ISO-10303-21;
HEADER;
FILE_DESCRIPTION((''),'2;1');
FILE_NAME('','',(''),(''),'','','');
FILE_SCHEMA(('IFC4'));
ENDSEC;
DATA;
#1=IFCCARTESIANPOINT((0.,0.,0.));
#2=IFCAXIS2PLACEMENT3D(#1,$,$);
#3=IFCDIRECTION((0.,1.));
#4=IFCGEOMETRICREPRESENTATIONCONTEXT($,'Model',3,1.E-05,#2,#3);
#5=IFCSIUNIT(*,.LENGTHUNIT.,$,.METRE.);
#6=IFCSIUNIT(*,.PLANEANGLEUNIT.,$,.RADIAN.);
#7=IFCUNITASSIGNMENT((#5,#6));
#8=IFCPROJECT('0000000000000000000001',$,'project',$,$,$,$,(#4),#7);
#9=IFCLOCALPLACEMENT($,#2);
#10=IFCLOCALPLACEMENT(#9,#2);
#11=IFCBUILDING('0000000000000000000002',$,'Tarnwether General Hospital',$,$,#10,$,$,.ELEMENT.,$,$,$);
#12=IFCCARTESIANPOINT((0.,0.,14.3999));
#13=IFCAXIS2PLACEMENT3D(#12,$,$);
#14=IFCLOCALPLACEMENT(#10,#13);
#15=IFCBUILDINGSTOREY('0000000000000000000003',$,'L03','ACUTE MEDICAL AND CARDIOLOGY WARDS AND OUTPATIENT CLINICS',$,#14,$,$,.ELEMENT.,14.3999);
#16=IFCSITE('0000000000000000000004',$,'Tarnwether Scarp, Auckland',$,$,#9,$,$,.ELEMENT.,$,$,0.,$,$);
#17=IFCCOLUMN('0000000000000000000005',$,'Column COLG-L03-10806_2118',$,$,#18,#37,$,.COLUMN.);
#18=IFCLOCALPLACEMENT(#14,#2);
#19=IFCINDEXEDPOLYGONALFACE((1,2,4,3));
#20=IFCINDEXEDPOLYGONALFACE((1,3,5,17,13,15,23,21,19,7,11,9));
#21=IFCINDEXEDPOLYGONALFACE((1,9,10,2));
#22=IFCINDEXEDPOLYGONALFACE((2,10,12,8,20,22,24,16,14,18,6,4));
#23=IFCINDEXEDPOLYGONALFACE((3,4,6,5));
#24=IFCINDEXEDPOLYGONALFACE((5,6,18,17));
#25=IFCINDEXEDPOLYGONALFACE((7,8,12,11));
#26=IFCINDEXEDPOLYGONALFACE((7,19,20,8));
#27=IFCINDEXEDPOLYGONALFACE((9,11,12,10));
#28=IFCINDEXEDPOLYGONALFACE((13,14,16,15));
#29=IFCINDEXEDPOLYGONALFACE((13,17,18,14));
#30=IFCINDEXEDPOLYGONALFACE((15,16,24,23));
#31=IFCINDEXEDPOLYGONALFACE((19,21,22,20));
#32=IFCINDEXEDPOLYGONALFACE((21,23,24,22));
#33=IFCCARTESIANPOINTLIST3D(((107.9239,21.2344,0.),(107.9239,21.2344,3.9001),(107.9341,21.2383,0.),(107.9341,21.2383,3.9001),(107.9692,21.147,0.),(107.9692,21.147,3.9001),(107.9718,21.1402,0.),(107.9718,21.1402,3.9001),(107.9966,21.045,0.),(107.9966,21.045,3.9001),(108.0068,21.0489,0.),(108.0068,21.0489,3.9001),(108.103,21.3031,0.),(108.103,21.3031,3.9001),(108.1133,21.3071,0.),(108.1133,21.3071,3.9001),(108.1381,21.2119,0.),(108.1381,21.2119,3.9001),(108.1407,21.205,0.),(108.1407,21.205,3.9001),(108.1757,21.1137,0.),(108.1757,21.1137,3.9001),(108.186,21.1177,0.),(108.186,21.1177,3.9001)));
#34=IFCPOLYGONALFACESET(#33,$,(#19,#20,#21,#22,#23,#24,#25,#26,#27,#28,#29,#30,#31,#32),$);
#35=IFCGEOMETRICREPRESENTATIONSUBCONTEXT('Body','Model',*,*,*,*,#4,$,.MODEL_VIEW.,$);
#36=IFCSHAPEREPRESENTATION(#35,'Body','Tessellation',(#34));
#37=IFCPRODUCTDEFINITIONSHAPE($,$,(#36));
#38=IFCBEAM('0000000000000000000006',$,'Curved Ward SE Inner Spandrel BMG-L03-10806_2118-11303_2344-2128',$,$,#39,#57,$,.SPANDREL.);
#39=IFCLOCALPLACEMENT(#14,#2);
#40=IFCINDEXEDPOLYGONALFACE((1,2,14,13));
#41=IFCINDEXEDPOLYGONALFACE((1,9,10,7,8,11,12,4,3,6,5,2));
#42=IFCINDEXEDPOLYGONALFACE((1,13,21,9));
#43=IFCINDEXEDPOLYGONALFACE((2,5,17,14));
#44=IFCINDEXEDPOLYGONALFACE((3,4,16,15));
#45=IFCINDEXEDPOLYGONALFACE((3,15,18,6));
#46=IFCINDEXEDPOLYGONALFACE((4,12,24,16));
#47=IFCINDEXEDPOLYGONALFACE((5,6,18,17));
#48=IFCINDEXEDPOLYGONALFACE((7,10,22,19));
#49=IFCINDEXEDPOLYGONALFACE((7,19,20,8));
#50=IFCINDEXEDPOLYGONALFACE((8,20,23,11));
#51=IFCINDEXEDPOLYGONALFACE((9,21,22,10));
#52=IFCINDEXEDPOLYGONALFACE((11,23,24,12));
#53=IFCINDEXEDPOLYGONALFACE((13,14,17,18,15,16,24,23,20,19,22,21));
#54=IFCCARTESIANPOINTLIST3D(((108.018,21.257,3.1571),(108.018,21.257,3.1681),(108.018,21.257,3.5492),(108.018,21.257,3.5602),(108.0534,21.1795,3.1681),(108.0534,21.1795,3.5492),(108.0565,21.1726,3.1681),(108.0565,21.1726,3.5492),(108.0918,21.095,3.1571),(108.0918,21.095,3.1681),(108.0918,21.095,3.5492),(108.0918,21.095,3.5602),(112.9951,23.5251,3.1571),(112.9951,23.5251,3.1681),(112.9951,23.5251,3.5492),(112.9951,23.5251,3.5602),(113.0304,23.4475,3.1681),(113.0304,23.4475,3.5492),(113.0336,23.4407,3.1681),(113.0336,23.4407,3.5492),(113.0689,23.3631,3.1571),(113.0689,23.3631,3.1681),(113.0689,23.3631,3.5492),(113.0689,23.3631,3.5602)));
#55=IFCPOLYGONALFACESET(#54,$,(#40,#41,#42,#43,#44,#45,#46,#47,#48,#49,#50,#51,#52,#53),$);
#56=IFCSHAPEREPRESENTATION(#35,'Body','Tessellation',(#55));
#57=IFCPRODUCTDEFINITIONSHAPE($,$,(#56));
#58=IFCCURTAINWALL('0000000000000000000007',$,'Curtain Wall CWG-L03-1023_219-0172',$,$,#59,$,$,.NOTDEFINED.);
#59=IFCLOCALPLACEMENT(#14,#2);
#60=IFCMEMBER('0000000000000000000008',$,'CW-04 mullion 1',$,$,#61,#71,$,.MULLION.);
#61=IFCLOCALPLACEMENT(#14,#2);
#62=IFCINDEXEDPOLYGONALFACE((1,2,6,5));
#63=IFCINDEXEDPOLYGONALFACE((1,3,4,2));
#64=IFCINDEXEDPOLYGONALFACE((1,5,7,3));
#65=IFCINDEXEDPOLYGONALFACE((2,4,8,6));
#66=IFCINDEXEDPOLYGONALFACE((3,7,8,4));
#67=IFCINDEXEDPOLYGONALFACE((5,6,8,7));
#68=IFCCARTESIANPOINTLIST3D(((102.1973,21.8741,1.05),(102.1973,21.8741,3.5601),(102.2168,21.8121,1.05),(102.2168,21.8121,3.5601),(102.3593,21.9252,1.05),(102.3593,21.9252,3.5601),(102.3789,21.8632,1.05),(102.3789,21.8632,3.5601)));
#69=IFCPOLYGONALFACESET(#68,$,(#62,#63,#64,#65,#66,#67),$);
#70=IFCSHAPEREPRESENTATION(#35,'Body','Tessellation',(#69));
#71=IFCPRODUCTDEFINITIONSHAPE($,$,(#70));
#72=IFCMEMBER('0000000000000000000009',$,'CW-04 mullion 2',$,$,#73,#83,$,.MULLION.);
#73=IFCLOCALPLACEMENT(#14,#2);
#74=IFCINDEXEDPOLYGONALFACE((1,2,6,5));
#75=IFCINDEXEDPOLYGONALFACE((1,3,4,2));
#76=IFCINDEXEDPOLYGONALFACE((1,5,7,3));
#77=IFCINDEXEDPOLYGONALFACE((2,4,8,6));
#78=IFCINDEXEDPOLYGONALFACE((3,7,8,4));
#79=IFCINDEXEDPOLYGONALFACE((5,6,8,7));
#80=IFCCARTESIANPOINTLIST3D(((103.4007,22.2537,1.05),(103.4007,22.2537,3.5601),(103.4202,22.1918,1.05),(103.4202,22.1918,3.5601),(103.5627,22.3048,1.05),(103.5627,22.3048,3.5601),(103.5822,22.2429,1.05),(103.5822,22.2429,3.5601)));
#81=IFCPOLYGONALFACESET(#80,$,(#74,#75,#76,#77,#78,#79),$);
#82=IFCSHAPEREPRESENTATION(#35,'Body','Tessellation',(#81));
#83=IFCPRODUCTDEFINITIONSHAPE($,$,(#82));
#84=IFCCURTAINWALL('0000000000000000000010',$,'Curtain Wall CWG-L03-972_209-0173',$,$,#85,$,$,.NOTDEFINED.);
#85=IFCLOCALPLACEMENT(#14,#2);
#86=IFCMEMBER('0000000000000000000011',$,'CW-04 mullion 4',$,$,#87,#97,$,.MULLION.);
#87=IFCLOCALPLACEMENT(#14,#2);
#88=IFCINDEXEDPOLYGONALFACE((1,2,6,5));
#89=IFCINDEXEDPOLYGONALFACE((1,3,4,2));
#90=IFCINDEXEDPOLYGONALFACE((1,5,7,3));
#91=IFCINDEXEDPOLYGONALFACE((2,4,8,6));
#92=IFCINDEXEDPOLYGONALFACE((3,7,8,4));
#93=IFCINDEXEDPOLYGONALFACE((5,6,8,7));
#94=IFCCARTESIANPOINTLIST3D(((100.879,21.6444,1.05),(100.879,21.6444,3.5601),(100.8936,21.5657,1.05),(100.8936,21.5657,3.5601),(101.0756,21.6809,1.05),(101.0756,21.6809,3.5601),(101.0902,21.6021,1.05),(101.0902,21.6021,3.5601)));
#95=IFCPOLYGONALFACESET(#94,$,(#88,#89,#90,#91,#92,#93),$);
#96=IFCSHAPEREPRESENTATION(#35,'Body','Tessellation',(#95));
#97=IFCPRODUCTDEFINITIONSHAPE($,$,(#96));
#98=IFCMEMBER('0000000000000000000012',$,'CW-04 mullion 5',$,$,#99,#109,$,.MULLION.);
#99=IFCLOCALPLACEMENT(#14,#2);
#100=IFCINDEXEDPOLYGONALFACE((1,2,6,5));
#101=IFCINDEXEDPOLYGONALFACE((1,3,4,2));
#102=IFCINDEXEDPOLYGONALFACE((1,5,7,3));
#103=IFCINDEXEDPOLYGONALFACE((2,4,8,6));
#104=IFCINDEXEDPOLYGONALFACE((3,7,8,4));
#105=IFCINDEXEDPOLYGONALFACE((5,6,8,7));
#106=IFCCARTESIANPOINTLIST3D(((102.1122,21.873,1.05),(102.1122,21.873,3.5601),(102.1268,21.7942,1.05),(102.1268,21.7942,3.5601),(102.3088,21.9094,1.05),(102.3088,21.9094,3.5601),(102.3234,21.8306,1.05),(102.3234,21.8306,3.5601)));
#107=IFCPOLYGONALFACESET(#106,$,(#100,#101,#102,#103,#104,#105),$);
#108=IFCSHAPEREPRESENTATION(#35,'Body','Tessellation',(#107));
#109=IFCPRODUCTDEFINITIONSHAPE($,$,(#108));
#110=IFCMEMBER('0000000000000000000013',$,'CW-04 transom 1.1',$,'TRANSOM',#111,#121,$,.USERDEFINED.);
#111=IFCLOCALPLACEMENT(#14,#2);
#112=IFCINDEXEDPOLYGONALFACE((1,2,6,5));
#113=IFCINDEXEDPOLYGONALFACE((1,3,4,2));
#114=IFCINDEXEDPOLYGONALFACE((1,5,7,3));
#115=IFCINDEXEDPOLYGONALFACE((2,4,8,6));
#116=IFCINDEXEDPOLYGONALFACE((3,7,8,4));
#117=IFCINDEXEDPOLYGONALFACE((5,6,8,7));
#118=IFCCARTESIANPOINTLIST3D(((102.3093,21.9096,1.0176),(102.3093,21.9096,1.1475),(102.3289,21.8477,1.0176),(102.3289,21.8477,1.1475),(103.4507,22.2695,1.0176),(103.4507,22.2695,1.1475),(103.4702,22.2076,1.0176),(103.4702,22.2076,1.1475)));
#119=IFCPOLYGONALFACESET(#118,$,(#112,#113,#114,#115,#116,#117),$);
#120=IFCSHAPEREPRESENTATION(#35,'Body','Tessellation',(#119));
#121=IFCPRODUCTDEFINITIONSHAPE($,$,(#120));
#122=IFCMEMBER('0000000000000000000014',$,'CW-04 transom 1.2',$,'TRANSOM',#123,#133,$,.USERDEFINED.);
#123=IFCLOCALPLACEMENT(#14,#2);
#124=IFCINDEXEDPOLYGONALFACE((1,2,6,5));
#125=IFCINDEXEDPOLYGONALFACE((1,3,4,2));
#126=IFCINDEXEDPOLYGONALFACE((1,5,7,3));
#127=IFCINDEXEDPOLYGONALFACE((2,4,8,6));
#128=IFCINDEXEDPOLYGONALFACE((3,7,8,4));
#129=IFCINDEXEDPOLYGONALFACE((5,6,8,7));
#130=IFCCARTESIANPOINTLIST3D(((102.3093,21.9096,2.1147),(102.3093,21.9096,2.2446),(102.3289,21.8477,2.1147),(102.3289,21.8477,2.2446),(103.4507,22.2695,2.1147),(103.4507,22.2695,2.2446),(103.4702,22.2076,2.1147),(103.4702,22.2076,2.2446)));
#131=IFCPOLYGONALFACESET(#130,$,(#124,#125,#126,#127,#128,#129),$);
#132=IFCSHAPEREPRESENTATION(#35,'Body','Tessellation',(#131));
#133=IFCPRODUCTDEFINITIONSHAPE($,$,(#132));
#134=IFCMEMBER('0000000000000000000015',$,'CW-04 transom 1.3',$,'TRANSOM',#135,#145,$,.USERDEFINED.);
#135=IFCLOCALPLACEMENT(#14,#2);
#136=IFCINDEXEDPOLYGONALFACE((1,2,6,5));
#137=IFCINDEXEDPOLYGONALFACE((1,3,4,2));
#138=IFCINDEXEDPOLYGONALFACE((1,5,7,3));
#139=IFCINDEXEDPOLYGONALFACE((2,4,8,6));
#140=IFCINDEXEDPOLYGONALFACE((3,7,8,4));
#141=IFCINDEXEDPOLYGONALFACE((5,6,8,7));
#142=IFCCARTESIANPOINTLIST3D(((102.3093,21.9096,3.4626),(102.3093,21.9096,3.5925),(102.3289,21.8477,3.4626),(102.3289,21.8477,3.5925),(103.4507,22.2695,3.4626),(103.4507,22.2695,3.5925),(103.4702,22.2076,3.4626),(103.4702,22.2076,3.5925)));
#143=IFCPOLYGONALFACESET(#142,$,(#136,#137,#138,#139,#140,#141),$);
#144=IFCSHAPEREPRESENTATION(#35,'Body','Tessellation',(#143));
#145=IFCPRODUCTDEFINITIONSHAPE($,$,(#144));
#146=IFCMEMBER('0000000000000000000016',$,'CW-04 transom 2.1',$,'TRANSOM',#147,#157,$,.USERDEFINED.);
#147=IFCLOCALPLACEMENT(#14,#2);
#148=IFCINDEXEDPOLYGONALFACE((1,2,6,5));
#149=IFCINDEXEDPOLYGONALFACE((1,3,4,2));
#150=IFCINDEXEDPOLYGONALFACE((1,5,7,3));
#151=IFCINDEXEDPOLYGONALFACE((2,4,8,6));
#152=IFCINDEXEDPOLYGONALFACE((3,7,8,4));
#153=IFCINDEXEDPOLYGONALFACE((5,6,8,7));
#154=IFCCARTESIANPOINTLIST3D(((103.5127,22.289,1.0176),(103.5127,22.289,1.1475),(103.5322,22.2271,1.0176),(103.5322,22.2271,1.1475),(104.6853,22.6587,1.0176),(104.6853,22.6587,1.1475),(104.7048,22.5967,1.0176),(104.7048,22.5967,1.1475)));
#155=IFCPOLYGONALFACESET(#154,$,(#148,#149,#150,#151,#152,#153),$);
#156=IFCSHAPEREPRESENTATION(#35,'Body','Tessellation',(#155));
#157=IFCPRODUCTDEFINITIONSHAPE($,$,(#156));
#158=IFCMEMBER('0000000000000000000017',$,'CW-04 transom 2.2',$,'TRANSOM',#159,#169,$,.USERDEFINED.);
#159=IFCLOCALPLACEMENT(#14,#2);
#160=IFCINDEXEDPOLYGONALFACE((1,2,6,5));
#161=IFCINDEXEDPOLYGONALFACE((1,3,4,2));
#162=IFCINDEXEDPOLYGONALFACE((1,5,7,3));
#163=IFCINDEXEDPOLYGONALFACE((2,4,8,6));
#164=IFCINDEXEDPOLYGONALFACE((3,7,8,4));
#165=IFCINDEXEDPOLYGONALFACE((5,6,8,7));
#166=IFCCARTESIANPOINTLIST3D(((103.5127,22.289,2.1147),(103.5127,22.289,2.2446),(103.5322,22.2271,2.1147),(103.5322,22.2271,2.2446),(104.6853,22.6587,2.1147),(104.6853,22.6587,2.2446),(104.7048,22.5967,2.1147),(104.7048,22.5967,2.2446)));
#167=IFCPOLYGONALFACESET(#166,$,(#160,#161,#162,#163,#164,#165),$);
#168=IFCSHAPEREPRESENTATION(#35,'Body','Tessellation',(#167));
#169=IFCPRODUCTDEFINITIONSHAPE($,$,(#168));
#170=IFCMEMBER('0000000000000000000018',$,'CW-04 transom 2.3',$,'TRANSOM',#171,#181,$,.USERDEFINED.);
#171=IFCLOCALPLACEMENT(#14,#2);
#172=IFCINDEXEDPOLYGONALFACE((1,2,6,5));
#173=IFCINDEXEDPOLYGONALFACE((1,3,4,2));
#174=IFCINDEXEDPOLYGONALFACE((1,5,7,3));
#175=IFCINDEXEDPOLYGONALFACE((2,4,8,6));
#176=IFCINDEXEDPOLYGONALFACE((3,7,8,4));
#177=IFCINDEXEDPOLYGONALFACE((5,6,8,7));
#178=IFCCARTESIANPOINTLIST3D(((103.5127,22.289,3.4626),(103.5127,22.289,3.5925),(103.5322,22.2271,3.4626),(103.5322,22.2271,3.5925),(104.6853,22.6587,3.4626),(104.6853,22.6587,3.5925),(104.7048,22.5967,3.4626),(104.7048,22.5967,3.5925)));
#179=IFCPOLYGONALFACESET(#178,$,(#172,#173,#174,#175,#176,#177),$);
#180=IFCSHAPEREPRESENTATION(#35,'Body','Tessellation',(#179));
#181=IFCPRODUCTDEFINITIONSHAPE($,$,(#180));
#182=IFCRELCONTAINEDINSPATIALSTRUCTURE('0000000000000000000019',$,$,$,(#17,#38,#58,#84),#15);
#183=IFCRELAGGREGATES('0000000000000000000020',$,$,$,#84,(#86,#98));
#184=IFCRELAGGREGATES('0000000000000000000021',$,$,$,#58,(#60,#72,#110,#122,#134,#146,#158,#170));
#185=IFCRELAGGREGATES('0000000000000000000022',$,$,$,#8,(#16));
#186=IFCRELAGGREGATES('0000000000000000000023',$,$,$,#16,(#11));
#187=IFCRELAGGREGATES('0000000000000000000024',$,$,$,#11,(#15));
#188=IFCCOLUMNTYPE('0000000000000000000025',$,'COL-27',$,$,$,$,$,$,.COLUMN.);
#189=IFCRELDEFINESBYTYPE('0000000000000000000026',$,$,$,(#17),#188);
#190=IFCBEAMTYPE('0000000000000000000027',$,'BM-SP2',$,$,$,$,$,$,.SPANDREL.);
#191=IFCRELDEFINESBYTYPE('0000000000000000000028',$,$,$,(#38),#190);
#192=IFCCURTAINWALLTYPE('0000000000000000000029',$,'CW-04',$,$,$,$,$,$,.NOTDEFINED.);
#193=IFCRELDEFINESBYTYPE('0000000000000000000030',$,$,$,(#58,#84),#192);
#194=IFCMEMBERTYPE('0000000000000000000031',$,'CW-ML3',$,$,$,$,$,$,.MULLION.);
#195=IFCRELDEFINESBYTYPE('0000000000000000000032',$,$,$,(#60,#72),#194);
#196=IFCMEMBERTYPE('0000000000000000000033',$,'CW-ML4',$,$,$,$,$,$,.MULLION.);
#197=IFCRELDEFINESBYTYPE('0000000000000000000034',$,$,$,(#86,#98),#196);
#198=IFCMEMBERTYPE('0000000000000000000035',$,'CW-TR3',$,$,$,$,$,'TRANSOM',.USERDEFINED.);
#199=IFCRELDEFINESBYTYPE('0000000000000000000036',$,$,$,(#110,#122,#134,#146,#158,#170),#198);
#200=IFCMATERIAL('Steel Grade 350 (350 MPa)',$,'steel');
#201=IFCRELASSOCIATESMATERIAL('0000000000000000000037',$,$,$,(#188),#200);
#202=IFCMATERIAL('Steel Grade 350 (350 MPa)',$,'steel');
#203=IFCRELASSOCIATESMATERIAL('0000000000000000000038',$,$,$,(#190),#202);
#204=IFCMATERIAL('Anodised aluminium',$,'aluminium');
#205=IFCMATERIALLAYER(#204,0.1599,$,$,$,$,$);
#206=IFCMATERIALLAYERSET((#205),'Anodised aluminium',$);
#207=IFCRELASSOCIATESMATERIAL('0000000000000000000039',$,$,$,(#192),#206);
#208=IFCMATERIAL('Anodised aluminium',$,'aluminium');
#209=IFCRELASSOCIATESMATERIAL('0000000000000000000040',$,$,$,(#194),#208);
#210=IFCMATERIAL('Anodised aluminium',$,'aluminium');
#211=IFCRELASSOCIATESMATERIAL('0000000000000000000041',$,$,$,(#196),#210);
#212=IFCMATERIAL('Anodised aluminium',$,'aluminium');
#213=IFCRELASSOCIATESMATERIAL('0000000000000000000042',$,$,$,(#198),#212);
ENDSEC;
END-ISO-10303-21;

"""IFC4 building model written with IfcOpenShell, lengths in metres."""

from ifc_helpers import new_model, si_unit, direction, frame, origin, origin_2d, place, context, subcontext, project, spatial, rectangle, i_section, extrude, material, layer, layer_set, material_profile, profile_set, type_object, element, aggregate, save


model = new_model("IFC4")

# Units and contexts
model_context = context("Model", 3, precision=1e-05, world=origin(), true_north=direction((0.0, 1.0)))
body_context = subcontext(model_context, "Body", "Model", "MODEL_VIEW")
ifc_project = project(units=[si_unit("LENGTHUNIT", "METRE"), si_unit("PLANEANGLEUNIT", "RADIAN")], contexts=[model_context])

# Site, building, storey
site_placement = place(None, origin())
site = spatial("IfcSite", under=ifc_project, at=site_placement, Name="Tarnwether Scarp, Auckland", CompositionType="ELEMENT", RefElevation=0.0)
building_placement = place(site_placement, origin())
building = spatial("IfcBuilding", under=site, at=building_placement, Name="Tarnwether General Hospital", CompositionType="ELEMENT")
storey_placement = place(building_placement, frame((0.0, 0.0, 14.3999)))
storey = spatial("IfcBuildingStorey", under=building, at=storey_placement, Name="L03", Description="ACUTE MEDICAL AND CARDIOLOGY WARDS AND OUTPATIENT CLINICS", CompositionType="ELEMENT", Elevation=14.3999)

# Column
ifc_material_1 = material(Name="Steel Grade 350 (350 MPa)", Category="steel")
ifc_material_profile_1 = material_profile(ifc_material_1, i_section(OverallWidth=0.2029, OverallDepth=0.2029, WebThickness=0.0073, FlangeThickness=0.011, at=origin_2d()), Name="200UC46.2")
ifc_profile_set_1 = profile_set([ifc_material_profile_1], Name="Steel Grade 350 (350 MPa)")
column_type = type_object("IfcColumnType", Name="COL-27", PredefinedType="COLUMN", material=ifc_profile_set_1)
column_placement = place(storey_placement, frame((108.0549, 21.176, 0.0), z_axis=(0.0, 0.0, 1.0), x_axis=(-0.358368, 0.93358, 0.0)))
element("IfcColumn", 1, at=column_placement, inside=storey, type_object=column_type, Name="Column COLG-L03-10806_2118", PredefinedType="COLUMN", context=body_context, shape_type="SweptSolid", body=[
    extrude(i_section(OverallWidth=0.2029, OverallDepth=0.2029, WebThickness=0.0073, FlangeThickness=0.011, at=origin_2d()), origin(), (0.0, 0.0, 1.0), 3.9001),
])

# Beam
ifc_material_2 = material(Name="Steel Grade 350 (350 MPa)", Category="steel")
ifc_material_profile_2 = material_profile(ifc_material_2, i_section(OverallWidth=0.178, OverallDepth=0.4031, WebThickness=0.0076, FlangeThickness=0.011, at=origin_2d()), Name="410UB53.7")
ifc_profile_set_2 = profile_set([ifc_material_profile_2], Name="Steel Grade 350 (350 MPa)")
beam_type = type_object("IfcBeamType", Name="BM-SP2", PredefinedType="SPANDREL", material=ifc_profile_set_2)
beam_placement = place(storey_placement, frame((108.0549, 21.176, 3.3586), z_axis=(0.909969, 0.414677, 0.0), x_axis=(-0.414677, 0.909969, 0.0)))
element("IfcBeam", 2, at=beam_placement, inside=storey, type_object=beam_type, Name="Curved Ward SE Inner Spandrel BMG-L03-10806_2118-11303_2344-2128", PredefinedType="SPANDREL", context=body_context, shape_type="SweptSolid", body=[
    extrude(i_section(OverallWidth=0.178, OverallDepth=0.4031, WebThickness=0.0076, FlangeThickness=0.011, at=origin_2d()), origin(), (0.0, 0.0, 1.0), 5.4695),
])

# Curtain walls, members
ifc_material_3 = material(Name="Anodised aluminium", Category="aluminium")
ifc_layer_1 = layer(ifc_material_3, 0.1599)
ifc_layer_set_1 = layer_set([ifc_layer_1], Name="Anodised aluminium")
curtain_wall_type = type_object("IfcCurtainWallType", Name="CW-04", PredefinedType="NOTDEFINED", material=ifc_layer_set_1)
curtain_wall_1_placement = place(storey_placement, origin())
curtain_wall_1 = element("IfcCurtainWall", 3, at=curtain_wall_1_placement, inside=storey, type_object=curtain_wall_type, Name="Curtain Wall CWG-L03-1023_219-0172", PredefinedType="NOTDEFINED")
ifc_material_4 = material(Name="Anodised aluminium", Category="aluminium")
ifc_material_profile_3 = material_profile(ifc_material_4, rectangle(XDim=0.0649, YDim=0.1699, at=origin_2d()), Name="ALU-MUL-65x170")
ifc_profile_set_3 = profile_set([ifc_material_profile_3], Name="Anodised aluminium")
member_type_1 = type_object("IfcMemberType", Name="CW-ML3", PredefinedType="MULLION", material=ifc_profile_set_3)
member_1_placement = place(storey_placement, frame((102.2881, 21.8687, 1.05), z_axis=(0.0, 0.0, 1.0), x_axis=(-0.300715, 0.953714, 0.0)))
member_1 = element("IfcMember", 4, at=member_1_placement, type_object=member_type_1, Name="CW-04 mullion 1", PredefinedType="MULLION", context=body_context, shape_type="SweptSolid", body=[
    extrude(rectangle(XDim=0.0649, YDim=0.1699, at=origin_2d()), origin(), (0.0, 0.0, 1.0), 2.51),
])
member_2_placement = place(storey_placement, frame((103.4915, 22.2483, 1.05), z_axis=(0.0, 0.0, 1.0), x_axis=(-0.300715, 0.953714, 0.0)))
member_2 = element("IfcMember", 5, at=member_2_placement, type_object=member_type_1, Name="CW-04 mullion 2", PredefinedType="MULLION", context=body_context, shape_type="SweptSolid", body=[
    extrude(rectangle(XDim=0.0649, YDim=0.1699, at=origin_2d()), origin(), (0.0, 0.0, 1.0), 2.51),
])
curtain_wall_2_placement = place(storey_placement, origin())
curtain_wall_2 = element("IfcCurtainWall", 6, at=curtain_wall_2_placement, inside=storey, type_object=curtain_wall_type, Name="Curtain Wall CWG-L03-972_209-0173", PredefinedType="NOTDEFINED")
ifc_material_5 = material(Name="Anodised aluminium", Category="aluminium")
ifc_material_profile_4 = material_profile(ifc_material_5, rectangle(XDim=0.0801, YDim=0.2, at=origin_2d()), Name="ALU-MUL-80x200")
ifc_profile_set_4 = profile_set([ifc_material_profile_4], Name="Anodised aluminium")
member_type_2 = type_object("IfcMemberType", Name="CW-ML4", PredefinedType="MULLION", material=ifc_profile_set_4)
member_3_placement = place(storey_placement, frame((100.9846, 21.6233, 1.05), z_axis=(0.0, 0.0, 1.0), x_axis=(-0.182165, 0.983268, 0.0)))
member_3 = element("IfcMember", 7, at=member_3_placement, type_object=member_type_2, Name="CW-04 mullion 4", PredefinedType="MULLION", context=body_context, shape_type="SweptSolid", body=[
    extrude(rectangle(XDim=0.0801, YDim=0.2, at=origin_2d()), origin(), (0.0, 0.0, 1.0), 2.51),
])
member_4_placement = place(storey_placement, frame((102.2178, 21.8518, 1.05), z_axis=(0.0, 0.0, 1.0), x_axis=(-0.182165, 0.983268, 0.0)))
member_4 = element("IfcMember", 8, at=member_4_placement, type_object=member_type_2, Name="CW-04 mullion 5", PredefinedType="MULLION", context=body_context, shape_type="SweptSolid", body=[
    extrude(rectangle(XDim=0.0801, YDim=0.2, at=origin_2d()), origin(), (0.0, 0.0, 1.0), 2.51),
])

# Members
ifc_material_6 = material(Name="Anodised aluminium", Category="aluminium")
ifc_material_profile_5 = material_profile(ifc_material_6, rectangle(XDim=0.0649, YDim=0.1299, at=origin_2d()), Name="ALU-TRN-65x130")
ifc_profile_set_5 = profile_set([ifc_material_profile_5], Name="Anodised aluminium")
member_type_3 = type_object("IfcMemberType", Name="CW-TR3", ElementType="TRANSOM", PredefinedType="USERDEFINED", material=ifc_profile_set_5)
member_5_placement = place(storey_placement, frame((102.3191, 21.8787, 1.0825), z_axis=(0.953718, 0.300702, 0.0), x_axis=(-0.300702, 0.953718, 0.0)))
member_5 = element("IfcMember", 9, at=member_5_placement, type_object=member_type_3, Name="CW-04 transom 1.1", ObjectType="TRANSOM", PredefinedType="USERDEFINED", context=body_context, shape_type="SweptSolid", body=[
    extrude(rectangle(XDim=0.0649, YDim=0.1299, at=origin_2d()), origin(), (0.0, 0.0, 1.0), 1.1968),
])
member_6_placement = place(storey_placement, frame((102.3191, 21.8787, 2.1797), z_axis=(0.953718, 0.300702, 0.0), x_axis=(-0.300702, 0.953718, 0.0)))
member_6 = element("IfcMember", 10, at=member_6_placement, type_object=member_type_3, Name="CW-04 transom 1.2", ObjectType="TRANSOM", PredefinedType="USERDEFINED", context=body_context, shape_type="SweptSolid", body=[
    extrude(rectangle(XDim=0.0649, YDim=0.1299, at=origin_2d()), origin(), (0.0, 0.0, 1.0), 1.1968),
])
member_7_placement = place(storey_placement, frame((102.3191, 21.8787, 3.5276), z_axis=(0.953718, 0.300702, 0.0), x_axis=(-0.300702, 0.953718, 0.0)))
member_7 = element("IfcMember", 11, at=member_7_placement, type_object=member_type_3, Name="CW-04 transom 1.3", ObjectType="TRANSOM", PredefinedType="USERDEFINED", context=body_context, shape_type="SweptSolid", body=[
    extrude(rectangle(XDim=0.0649, YDim=0.1299, at=origin_2d()), origin(), (0.0, 0.0, 1.0), 1.1968),
])
member_8_placement = place(storey_placement, frame((103.5225, 22.2581, 1.0825), z_axis=(0.953739, 0.300637, 0.0), x_axis=(-0.300637, 0.953739, 0.0)))
member_8 = element("IfcMember", 12, at=member_8_placement, type_object=member_type_3, Name="CW-04 transom 2.1", ObjectType="TRANSOM", PredefinedType="USERDEFINED", context=body_context, shape_type="SweptSolid", body=[
    extrude(rectangle(XDim=0.0649, YDim=0.1299, at=origin_2d()), origin(), (0.0, 0.0, 1.0), 1.2295),
])
member_9_placement = place(storey_placement, frame((103.5225, 22.2581, 2.1797), z_axis=(0.953739, 0.300637, 0.0), x_axis=(-0.300637, 0.953739, 0.0)))
member_9 = element("IfcMember", 13, at=member_9_placement, type_object=member_type_3, Name="CW-04 transom 2.2", ObjectType="TRANSOM", PredefinedType="USERDEFINED", context=body_context, shape_type="SweptSolid", body=[
    extrude(rectangle(XDim=0.0649, YDim=0.1299, at=origin_2d()), origin(), (0.0, 0.0, 1.0), 1.2295),
])
member_10_placement = place(storey_placement, frame((103.5225, 22.2581, 3.5276), z_axis=(0.953739, 0.300637, 0.0), x_axis=(-0.300637, 0.953739, 0.0)))
member_10 = element("IfcMember", 14, at=member_10_placement, type_object=member_type_3, Name="CW-04 transom 2.3", ObjectType="TRANSOM", PredefinedType="USERDEFINED", context=body_context, shape_type="SweptSolid", body=[
    extrude(rectangle(XDim=0.0649, YDim=0.1299, at=origin_2d()), origin(), (0.0, 0.0, 1.0), 1.2295),
])

aggregate(curtain_wall_2, [member_3, member_4])
aggregate(curtain_wall_1, [member_1, member_2, member_5, member_6, member_7, member_8, member_9, member_10])

save(model, "model.ifc")
